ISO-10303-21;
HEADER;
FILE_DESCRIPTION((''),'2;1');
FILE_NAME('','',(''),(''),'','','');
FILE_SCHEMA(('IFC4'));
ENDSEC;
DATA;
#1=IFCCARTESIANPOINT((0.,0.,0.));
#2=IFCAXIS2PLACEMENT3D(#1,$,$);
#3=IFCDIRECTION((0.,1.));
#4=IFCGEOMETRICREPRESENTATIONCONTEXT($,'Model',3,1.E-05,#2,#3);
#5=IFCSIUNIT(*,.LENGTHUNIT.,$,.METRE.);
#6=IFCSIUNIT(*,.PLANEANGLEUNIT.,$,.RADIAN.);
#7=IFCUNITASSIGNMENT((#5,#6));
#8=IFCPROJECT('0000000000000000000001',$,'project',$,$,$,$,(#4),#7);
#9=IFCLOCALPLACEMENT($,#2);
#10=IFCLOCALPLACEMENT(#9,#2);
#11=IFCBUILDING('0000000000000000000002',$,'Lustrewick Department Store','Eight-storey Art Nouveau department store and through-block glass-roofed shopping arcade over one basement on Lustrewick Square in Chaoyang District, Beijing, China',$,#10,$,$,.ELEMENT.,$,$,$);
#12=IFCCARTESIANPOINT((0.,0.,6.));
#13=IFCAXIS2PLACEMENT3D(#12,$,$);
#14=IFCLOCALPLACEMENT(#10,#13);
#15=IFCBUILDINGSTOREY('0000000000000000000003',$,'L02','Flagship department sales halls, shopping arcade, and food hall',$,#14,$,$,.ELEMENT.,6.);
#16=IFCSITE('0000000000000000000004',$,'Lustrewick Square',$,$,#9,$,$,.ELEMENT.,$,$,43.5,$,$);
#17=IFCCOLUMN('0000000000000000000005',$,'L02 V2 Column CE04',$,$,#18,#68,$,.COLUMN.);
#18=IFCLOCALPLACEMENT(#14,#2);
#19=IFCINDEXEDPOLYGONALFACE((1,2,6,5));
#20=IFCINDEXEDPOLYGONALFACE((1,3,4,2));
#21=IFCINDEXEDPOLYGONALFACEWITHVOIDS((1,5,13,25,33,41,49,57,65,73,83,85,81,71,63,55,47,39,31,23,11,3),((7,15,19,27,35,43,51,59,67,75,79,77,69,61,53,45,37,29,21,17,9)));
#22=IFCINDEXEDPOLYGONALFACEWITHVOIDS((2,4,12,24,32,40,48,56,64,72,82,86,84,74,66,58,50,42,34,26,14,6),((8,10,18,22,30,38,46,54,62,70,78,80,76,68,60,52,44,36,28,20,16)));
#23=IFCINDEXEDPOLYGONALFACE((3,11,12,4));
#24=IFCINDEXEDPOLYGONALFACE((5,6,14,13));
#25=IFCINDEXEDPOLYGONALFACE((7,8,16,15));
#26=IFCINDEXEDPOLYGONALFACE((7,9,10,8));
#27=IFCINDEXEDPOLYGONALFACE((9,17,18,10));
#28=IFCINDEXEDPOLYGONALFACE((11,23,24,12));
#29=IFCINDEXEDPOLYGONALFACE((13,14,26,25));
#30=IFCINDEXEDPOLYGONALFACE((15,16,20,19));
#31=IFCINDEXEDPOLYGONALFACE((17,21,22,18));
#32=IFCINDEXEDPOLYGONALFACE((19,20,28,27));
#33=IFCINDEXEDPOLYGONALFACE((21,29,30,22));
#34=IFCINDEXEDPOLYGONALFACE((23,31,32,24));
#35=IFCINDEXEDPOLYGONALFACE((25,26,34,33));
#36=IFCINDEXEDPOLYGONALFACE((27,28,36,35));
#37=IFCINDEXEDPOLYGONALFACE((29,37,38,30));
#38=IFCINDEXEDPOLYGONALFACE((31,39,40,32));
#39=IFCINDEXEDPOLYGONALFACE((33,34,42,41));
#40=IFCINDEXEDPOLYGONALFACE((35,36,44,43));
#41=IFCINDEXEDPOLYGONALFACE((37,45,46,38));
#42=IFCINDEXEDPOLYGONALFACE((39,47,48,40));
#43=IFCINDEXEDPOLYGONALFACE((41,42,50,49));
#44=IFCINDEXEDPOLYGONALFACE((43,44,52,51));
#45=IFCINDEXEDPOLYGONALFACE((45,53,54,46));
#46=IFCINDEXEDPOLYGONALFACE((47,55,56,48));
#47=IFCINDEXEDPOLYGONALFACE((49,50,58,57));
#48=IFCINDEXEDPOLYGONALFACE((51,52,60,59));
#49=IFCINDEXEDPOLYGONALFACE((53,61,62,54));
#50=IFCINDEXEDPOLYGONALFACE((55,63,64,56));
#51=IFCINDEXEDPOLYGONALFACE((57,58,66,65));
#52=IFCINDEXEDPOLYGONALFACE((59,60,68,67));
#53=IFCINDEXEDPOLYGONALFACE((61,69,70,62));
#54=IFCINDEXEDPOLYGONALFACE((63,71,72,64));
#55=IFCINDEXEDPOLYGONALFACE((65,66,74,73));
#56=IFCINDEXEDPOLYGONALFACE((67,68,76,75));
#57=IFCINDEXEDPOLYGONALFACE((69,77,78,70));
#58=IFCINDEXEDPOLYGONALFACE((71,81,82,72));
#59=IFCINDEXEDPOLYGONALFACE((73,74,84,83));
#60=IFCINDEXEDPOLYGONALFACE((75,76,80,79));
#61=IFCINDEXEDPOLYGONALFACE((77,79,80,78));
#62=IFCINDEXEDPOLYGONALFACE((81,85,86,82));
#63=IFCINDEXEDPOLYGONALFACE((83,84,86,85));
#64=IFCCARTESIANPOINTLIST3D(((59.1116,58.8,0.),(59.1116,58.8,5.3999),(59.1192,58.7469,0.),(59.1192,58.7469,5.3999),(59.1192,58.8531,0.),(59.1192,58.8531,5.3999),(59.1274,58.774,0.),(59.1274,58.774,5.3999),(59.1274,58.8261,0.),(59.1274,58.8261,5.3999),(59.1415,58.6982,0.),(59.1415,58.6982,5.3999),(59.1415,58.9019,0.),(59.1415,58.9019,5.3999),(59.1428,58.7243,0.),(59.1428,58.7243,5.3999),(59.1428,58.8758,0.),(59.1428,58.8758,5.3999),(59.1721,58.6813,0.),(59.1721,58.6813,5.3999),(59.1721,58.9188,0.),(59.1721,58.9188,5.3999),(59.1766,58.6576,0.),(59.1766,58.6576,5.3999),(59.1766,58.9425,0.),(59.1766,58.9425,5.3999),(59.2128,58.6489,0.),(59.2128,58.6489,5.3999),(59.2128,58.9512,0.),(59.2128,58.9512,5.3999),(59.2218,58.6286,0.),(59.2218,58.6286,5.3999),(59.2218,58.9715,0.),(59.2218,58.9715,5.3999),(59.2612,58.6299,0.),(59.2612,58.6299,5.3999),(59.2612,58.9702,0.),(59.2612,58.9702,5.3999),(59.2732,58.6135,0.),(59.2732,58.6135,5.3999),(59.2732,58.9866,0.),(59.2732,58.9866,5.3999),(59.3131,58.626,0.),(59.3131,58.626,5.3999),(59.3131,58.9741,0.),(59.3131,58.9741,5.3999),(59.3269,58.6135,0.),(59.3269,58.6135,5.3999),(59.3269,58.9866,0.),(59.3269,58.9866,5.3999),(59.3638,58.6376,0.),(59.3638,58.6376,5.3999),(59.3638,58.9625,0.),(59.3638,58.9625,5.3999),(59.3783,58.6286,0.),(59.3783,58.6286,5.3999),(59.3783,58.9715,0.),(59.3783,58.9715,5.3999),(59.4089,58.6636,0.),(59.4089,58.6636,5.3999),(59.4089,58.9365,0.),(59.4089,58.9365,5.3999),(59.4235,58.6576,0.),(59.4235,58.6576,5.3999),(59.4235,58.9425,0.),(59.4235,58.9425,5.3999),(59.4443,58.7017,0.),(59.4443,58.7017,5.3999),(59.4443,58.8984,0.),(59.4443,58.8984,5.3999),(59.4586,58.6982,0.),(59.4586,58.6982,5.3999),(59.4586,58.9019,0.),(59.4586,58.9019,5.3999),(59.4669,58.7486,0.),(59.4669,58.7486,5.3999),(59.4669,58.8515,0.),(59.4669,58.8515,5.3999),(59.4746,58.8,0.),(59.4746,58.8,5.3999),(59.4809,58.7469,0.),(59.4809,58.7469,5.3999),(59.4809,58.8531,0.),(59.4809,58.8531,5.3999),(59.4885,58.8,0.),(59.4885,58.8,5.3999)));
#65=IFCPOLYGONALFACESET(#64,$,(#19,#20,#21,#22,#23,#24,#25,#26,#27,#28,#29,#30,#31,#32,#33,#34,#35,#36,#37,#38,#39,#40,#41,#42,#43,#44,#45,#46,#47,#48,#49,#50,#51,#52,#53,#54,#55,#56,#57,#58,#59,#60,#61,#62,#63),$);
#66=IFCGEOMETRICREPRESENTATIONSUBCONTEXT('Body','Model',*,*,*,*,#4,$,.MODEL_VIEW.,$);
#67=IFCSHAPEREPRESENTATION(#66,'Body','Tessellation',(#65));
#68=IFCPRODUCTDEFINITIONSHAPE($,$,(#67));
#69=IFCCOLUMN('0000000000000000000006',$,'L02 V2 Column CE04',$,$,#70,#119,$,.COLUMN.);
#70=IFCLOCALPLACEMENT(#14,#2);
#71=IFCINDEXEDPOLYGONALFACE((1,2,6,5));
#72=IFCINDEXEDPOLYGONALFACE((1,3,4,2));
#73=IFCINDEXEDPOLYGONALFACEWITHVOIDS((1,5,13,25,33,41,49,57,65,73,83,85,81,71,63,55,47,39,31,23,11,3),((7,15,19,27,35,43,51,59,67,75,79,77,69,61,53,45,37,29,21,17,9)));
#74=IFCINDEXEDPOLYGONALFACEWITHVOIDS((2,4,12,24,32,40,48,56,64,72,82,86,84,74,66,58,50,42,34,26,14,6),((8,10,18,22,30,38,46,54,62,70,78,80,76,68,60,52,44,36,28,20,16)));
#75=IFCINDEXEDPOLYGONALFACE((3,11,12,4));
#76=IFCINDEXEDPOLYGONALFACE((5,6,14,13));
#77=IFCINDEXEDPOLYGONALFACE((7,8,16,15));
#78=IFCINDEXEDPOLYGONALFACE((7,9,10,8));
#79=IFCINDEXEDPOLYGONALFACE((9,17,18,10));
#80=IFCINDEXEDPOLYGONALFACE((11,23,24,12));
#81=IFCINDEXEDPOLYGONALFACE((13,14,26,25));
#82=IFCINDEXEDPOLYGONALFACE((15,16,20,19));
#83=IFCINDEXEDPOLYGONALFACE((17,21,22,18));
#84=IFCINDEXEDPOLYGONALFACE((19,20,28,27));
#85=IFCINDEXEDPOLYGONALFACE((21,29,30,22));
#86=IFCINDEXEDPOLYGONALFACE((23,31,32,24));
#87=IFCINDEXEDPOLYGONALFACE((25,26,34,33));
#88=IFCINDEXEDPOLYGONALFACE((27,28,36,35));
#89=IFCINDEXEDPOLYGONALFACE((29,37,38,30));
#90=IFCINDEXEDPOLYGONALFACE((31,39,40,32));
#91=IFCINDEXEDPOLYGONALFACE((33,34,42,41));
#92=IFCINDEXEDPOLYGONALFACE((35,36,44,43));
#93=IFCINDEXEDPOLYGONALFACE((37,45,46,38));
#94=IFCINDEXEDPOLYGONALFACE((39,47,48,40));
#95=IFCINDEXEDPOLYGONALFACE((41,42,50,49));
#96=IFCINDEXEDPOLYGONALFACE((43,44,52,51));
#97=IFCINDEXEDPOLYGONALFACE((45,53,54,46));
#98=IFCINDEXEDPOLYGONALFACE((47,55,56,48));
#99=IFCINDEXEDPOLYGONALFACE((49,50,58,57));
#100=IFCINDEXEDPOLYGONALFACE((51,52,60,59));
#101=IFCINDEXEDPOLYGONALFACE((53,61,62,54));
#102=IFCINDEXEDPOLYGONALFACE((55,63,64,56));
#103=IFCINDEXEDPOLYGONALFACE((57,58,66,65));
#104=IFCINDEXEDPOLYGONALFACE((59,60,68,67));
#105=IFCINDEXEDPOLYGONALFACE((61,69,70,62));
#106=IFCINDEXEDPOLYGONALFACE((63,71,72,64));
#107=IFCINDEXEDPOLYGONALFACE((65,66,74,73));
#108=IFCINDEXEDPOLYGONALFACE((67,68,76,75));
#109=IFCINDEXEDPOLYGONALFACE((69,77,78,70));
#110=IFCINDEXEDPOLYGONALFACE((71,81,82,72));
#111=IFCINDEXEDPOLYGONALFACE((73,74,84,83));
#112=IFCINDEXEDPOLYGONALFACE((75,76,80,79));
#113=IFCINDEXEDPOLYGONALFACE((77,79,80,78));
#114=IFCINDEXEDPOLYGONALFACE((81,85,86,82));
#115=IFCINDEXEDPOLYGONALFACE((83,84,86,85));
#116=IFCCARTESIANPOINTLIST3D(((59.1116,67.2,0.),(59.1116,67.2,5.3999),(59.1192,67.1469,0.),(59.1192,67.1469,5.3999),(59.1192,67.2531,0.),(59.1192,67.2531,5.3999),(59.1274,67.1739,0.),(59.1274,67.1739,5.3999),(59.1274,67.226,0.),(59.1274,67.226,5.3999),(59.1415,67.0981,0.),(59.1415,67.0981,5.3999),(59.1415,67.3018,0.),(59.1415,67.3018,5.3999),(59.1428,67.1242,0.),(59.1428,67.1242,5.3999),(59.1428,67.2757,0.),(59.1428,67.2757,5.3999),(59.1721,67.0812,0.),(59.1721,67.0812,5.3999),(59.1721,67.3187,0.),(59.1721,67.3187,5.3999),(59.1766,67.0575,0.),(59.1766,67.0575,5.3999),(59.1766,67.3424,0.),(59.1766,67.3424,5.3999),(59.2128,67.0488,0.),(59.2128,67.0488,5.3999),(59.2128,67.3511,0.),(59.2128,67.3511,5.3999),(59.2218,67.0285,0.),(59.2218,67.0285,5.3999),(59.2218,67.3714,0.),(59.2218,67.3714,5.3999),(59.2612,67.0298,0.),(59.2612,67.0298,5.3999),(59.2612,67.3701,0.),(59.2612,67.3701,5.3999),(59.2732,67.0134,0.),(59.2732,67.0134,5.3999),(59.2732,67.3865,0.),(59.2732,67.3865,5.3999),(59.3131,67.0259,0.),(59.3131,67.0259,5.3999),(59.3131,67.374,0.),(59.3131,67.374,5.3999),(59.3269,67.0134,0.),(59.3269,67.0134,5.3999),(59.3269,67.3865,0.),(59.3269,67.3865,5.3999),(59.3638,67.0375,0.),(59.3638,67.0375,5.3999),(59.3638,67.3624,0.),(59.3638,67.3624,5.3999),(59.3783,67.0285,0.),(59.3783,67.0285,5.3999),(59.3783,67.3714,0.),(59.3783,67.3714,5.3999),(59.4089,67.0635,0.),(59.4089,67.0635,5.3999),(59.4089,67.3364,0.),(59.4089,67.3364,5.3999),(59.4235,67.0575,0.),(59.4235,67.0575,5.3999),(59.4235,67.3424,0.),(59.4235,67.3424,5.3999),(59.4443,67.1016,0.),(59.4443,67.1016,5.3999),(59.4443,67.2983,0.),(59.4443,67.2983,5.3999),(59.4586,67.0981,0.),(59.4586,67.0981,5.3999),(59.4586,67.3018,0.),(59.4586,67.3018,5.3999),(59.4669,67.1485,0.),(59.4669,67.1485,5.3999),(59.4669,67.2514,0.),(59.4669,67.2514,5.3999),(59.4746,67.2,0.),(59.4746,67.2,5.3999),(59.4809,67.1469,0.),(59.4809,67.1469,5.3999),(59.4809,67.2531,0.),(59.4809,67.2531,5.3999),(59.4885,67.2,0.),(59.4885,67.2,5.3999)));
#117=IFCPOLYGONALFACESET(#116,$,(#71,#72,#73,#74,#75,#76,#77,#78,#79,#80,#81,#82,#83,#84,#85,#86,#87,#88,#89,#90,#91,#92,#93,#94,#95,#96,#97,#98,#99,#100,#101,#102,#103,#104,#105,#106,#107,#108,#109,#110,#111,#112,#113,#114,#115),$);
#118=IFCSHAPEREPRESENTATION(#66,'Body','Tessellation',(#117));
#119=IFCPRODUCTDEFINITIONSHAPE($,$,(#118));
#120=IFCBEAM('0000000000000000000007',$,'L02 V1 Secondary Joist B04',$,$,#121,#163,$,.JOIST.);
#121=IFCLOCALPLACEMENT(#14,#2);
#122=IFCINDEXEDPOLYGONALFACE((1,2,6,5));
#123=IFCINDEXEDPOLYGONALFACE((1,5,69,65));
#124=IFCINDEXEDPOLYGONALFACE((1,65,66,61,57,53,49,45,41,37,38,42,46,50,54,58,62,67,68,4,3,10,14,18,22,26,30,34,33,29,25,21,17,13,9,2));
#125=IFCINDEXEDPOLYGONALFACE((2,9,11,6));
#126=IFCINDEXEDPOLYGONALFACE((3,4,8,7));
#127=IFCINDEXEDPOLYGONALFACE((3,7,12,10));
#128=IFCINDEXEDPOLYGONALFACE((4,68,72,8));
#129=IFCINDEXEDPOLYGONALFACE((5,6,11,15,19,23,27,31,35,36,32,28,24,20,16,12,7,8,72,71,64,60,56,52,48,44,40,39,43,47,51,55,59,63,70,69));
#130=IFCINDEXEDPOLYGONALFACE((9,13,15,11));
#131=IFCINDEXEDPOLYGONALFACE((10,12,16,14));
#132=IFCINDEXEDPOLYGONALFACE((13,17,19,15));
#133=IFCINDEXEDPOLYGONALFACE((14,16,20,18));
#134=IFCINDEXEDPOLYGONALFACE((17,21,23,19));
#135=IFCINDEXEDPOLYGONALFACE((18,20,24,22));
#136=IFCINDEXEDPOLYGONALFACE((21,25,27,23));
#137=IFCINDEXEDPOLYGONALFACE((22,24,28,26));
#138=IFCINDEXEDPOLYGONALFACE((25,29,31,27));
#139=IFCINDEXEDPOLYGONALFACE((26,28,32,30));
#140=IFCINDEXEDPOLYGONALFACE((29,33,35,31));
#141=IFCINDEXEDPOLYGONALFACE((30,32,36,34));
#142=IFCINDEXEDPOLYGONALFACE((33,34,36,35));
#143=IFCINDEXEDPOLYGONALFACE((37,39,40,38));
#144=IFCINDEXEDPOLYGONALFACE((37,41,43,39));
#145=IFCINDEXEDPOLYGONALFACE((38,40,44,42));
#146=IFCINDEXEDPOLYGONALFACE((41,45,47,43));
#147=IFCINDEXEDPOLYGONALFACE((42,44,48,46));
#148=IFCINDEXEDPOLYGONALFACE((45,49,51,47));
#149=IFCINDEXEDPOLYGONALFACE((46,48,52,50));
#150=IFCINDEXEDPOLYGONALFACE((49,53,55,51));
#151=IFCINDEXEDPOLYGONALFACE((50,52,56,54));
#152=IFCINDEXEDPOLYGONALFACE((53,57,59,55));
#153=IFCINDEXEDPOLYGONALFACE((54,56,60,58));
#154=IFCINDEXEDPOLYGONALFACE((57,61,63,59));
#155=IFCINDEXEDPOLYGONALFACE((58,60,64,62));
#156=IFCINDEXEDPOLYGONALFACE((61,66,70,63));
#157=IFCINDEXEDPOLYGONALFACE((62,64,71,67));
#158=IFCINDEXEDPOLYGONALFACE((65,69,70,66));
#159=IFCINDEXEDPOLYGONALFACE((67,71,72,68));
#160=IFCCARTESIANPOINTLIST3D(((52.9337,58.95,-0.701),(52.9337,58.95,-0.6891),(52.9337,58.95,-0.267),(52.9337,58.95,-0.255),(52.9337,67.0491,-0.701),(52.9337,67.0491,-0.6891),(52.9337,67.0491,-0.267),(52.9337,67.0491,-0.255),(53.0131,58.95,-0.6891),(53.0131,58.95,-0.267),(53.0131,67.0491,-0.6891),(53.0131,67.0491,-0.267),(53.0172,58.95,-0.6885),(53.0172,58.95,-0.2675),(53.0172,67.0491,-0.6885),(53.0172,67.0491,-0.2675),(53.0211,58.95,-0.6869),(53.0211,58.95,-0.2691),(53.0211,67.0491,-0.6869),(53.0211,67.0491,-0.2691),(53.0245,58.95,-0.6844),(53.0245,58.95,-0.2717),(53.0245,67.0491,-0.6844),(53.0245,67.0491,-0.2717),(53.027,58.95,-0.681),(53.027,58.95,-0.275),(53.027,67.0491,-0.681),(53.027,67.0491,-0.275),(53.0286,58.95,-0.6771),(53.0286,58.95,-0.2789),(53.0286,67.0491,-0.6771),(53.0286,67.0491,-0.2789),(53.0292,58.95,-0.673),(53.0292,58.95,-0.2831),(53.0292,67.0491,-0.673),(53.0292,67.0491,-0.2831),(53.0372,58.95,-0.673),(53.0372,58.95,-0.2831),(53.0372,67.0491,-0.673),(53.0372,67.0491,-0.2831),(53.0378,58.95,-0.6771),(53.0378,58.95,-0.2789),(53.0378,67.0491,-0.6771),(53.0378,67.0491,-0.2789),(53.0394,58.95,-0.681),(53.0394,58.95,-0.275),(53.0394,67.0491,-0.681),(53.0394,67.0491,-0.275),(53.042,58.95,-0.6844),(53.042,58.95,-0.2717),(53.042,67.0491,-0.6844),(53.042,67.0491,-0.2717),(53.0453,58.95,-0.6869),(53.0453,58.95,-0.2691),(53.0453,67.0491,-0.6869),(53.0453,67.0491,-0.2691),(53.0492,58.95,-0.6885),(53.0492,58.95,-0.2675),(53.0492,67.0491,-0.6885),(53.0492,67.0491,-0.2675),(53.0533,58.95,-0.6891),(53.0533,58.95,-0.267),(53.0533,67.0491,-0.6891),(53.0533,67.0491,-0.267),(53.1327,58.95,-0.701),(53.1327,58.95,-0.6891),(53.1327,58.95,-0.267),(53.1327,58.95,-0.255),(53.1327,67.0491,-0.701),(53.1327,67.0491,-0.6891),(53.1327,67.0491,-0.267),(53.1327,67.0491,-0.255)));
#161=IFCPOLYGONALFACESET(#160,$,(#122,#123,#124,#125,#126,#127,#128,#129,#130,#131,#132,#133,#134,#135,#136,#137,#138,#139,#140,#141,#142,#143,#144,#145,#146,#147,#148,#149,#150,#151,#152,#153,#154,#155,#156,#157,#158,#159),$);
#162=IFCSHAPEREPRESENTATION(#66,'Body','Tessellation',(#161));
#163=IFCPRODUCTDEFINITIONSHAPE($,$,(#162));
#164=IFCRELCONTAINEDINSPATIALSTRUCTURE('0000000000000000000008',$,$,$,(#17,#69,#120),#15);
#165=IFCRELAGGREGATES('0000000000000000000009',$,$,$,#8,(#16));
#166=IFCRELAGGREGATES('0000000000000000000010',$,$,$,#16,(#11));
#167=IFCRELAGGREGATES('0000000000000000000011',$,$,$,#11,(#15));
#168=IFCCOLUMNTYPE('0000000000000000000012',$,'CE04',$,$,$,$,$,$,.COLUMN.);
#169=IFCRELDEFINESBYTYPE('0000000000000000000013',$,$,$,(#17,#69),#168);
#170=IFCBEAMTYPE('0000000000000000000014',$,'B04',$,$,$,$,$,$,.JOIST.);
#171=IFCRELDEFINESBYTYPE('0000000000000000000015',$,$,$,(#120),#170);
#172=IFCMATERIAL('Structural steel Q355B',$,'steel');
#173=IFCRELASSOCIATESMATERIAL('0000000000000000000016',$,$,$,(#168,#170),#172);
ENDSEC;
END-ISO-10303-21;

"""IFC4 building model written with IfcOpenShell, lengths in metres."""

from ifc_helpers import new_model, si_unit, direction, frame, origin, origin_2d, place, context, subcontext, project, spatial, hollow_circle, i_section, extrude, material, material_profile, profile_set, type_object, element, save


model = new_model("IFC4")

# Units and contexts
model_context = context("Model", 3, precision=1e-05, world=origin(), true_north=direction((0.0, 1.0)))
body_context = subcontext(model_context, "Body", "Model", "MODEL_VIEW")
ifc_project = project(units=[si_unit("LENGTHUNIT", "METRE"), si_unit("PLANEANGLEUNIT", "RADIAN")], contexts=[model_context])

# Site, building, storey
site_placement = place(None, origin())
site = spatial("IfcSite", under=ifc_project, at=site_placement, Name="Lustrewick Square", CompositionType="ELEMENT", RefElevation=43.5)
building_placement = place(site_placement, origin())
building = spatial("IfcBuilding", under=site, at=building_placement, Name="Lustrewick Department Store", Description="Eight-storey Art Nouveau department store and through-block glass-roofed shopping arcade over one basement on Lustrewick Square in Chaoyang District, Beijing, China", CompositionType="ELEMENT")
storey_placement = place(building_placement, frame((0.0, 0.0, 6.0)))
storey = spatial("IfcBuildingStorey", under=building, at=storey_placement, Name="L02", Description="Flagship department sales halls, shopping arcade, and food hall", CompositionType="ELEMENT", Elevation=6.0)

# Columns
ifc_material_1 = material(Name="Structural steel Q355B", Category="steel")
ifc_material_profile_1 = material_profile(ifc_material_1, hollow_circle(Radius=0.1885, WallThickness=0.0139, at=origin_2d()), Name="CHS 377x14")
ifc_profile_set_1 = profile_set([ifc_material_profile_1], Name="Structural steel Q355B")
column_type_1 = type_object("IfcColumnType", Name="CE04", PredefinedType="COLUMN", material=ifc_profile_set_1)
for number, where, z_axis, x_axis, name in (
    (1, (59.3, 58.8, 0.0), (0.0, 0.0, 1.0), (1.0, 0.0, 0.0), "L02 V2 Column CE04"),
    (2, (59.3, 67.2, 0.0), (0.0, 0.0, 1.0), (1.0, 0.0, 0.0), "L02 V2 Column CE04"),
):
    element("IfcColumn", number, at=place(storey_placement, frame(where, z_axis=z_axis, x_axis=x_axis)), inside=storey, type_object=column_type_1, Name=name, PredefinedType="COLUMN", context=body_context, shape_type="SweptSolid", body=[
        extrude(hollow_circle(Radius=0.1885, WallThickness=0.0139, at=origin_2d()), origin(), (0.0, 0.0, 1.0), 5.3999),
    ])

# Beam
ifc_material_profile_2 = material_profile(ifc_material_1, i_section(OverallWidth=0.199, OverallDepth=0.446, WebThickness=0.0081, FlangeThickness=0.012, FilletRadius=0.0161, at=origin_2d()), Name="HN 446x199x8x12")
ifc_profile_set_2 = profile_set([ifc_material_profile_2], Name="Structural steel Q355B")
beam_type_1 = type_object("IfcBeamType", Name="B04", PredefinedType="JOIST", material=ifc_profile_set_2)
beam_1_placement = place(storey_placement, frame((53.0332, 58.95, -0.478), z_axis=(0.0, 1.0, 0.0), x_axis=(-1.0, 0.0, 0.0)))
element("IfcBeam", 3, at=beam_1_placement, inside=storey, type_object=beam_type_1, Name="L02 V1 Secondary Joist B04", PredefinedType="JOIST", context=body_context, shape_type="SweptSolid", body=[
    extrude(i_section(OverallWidth=0.199, OverallDepth=0.446, WebThickness=0.0081, FlangeThickness=0.012, FilletRadius=0.0161, at=origin_2d()), origin(), (0.0, 0.0, 1.0), 8.0991),
])

save(model, "model.ifc")
